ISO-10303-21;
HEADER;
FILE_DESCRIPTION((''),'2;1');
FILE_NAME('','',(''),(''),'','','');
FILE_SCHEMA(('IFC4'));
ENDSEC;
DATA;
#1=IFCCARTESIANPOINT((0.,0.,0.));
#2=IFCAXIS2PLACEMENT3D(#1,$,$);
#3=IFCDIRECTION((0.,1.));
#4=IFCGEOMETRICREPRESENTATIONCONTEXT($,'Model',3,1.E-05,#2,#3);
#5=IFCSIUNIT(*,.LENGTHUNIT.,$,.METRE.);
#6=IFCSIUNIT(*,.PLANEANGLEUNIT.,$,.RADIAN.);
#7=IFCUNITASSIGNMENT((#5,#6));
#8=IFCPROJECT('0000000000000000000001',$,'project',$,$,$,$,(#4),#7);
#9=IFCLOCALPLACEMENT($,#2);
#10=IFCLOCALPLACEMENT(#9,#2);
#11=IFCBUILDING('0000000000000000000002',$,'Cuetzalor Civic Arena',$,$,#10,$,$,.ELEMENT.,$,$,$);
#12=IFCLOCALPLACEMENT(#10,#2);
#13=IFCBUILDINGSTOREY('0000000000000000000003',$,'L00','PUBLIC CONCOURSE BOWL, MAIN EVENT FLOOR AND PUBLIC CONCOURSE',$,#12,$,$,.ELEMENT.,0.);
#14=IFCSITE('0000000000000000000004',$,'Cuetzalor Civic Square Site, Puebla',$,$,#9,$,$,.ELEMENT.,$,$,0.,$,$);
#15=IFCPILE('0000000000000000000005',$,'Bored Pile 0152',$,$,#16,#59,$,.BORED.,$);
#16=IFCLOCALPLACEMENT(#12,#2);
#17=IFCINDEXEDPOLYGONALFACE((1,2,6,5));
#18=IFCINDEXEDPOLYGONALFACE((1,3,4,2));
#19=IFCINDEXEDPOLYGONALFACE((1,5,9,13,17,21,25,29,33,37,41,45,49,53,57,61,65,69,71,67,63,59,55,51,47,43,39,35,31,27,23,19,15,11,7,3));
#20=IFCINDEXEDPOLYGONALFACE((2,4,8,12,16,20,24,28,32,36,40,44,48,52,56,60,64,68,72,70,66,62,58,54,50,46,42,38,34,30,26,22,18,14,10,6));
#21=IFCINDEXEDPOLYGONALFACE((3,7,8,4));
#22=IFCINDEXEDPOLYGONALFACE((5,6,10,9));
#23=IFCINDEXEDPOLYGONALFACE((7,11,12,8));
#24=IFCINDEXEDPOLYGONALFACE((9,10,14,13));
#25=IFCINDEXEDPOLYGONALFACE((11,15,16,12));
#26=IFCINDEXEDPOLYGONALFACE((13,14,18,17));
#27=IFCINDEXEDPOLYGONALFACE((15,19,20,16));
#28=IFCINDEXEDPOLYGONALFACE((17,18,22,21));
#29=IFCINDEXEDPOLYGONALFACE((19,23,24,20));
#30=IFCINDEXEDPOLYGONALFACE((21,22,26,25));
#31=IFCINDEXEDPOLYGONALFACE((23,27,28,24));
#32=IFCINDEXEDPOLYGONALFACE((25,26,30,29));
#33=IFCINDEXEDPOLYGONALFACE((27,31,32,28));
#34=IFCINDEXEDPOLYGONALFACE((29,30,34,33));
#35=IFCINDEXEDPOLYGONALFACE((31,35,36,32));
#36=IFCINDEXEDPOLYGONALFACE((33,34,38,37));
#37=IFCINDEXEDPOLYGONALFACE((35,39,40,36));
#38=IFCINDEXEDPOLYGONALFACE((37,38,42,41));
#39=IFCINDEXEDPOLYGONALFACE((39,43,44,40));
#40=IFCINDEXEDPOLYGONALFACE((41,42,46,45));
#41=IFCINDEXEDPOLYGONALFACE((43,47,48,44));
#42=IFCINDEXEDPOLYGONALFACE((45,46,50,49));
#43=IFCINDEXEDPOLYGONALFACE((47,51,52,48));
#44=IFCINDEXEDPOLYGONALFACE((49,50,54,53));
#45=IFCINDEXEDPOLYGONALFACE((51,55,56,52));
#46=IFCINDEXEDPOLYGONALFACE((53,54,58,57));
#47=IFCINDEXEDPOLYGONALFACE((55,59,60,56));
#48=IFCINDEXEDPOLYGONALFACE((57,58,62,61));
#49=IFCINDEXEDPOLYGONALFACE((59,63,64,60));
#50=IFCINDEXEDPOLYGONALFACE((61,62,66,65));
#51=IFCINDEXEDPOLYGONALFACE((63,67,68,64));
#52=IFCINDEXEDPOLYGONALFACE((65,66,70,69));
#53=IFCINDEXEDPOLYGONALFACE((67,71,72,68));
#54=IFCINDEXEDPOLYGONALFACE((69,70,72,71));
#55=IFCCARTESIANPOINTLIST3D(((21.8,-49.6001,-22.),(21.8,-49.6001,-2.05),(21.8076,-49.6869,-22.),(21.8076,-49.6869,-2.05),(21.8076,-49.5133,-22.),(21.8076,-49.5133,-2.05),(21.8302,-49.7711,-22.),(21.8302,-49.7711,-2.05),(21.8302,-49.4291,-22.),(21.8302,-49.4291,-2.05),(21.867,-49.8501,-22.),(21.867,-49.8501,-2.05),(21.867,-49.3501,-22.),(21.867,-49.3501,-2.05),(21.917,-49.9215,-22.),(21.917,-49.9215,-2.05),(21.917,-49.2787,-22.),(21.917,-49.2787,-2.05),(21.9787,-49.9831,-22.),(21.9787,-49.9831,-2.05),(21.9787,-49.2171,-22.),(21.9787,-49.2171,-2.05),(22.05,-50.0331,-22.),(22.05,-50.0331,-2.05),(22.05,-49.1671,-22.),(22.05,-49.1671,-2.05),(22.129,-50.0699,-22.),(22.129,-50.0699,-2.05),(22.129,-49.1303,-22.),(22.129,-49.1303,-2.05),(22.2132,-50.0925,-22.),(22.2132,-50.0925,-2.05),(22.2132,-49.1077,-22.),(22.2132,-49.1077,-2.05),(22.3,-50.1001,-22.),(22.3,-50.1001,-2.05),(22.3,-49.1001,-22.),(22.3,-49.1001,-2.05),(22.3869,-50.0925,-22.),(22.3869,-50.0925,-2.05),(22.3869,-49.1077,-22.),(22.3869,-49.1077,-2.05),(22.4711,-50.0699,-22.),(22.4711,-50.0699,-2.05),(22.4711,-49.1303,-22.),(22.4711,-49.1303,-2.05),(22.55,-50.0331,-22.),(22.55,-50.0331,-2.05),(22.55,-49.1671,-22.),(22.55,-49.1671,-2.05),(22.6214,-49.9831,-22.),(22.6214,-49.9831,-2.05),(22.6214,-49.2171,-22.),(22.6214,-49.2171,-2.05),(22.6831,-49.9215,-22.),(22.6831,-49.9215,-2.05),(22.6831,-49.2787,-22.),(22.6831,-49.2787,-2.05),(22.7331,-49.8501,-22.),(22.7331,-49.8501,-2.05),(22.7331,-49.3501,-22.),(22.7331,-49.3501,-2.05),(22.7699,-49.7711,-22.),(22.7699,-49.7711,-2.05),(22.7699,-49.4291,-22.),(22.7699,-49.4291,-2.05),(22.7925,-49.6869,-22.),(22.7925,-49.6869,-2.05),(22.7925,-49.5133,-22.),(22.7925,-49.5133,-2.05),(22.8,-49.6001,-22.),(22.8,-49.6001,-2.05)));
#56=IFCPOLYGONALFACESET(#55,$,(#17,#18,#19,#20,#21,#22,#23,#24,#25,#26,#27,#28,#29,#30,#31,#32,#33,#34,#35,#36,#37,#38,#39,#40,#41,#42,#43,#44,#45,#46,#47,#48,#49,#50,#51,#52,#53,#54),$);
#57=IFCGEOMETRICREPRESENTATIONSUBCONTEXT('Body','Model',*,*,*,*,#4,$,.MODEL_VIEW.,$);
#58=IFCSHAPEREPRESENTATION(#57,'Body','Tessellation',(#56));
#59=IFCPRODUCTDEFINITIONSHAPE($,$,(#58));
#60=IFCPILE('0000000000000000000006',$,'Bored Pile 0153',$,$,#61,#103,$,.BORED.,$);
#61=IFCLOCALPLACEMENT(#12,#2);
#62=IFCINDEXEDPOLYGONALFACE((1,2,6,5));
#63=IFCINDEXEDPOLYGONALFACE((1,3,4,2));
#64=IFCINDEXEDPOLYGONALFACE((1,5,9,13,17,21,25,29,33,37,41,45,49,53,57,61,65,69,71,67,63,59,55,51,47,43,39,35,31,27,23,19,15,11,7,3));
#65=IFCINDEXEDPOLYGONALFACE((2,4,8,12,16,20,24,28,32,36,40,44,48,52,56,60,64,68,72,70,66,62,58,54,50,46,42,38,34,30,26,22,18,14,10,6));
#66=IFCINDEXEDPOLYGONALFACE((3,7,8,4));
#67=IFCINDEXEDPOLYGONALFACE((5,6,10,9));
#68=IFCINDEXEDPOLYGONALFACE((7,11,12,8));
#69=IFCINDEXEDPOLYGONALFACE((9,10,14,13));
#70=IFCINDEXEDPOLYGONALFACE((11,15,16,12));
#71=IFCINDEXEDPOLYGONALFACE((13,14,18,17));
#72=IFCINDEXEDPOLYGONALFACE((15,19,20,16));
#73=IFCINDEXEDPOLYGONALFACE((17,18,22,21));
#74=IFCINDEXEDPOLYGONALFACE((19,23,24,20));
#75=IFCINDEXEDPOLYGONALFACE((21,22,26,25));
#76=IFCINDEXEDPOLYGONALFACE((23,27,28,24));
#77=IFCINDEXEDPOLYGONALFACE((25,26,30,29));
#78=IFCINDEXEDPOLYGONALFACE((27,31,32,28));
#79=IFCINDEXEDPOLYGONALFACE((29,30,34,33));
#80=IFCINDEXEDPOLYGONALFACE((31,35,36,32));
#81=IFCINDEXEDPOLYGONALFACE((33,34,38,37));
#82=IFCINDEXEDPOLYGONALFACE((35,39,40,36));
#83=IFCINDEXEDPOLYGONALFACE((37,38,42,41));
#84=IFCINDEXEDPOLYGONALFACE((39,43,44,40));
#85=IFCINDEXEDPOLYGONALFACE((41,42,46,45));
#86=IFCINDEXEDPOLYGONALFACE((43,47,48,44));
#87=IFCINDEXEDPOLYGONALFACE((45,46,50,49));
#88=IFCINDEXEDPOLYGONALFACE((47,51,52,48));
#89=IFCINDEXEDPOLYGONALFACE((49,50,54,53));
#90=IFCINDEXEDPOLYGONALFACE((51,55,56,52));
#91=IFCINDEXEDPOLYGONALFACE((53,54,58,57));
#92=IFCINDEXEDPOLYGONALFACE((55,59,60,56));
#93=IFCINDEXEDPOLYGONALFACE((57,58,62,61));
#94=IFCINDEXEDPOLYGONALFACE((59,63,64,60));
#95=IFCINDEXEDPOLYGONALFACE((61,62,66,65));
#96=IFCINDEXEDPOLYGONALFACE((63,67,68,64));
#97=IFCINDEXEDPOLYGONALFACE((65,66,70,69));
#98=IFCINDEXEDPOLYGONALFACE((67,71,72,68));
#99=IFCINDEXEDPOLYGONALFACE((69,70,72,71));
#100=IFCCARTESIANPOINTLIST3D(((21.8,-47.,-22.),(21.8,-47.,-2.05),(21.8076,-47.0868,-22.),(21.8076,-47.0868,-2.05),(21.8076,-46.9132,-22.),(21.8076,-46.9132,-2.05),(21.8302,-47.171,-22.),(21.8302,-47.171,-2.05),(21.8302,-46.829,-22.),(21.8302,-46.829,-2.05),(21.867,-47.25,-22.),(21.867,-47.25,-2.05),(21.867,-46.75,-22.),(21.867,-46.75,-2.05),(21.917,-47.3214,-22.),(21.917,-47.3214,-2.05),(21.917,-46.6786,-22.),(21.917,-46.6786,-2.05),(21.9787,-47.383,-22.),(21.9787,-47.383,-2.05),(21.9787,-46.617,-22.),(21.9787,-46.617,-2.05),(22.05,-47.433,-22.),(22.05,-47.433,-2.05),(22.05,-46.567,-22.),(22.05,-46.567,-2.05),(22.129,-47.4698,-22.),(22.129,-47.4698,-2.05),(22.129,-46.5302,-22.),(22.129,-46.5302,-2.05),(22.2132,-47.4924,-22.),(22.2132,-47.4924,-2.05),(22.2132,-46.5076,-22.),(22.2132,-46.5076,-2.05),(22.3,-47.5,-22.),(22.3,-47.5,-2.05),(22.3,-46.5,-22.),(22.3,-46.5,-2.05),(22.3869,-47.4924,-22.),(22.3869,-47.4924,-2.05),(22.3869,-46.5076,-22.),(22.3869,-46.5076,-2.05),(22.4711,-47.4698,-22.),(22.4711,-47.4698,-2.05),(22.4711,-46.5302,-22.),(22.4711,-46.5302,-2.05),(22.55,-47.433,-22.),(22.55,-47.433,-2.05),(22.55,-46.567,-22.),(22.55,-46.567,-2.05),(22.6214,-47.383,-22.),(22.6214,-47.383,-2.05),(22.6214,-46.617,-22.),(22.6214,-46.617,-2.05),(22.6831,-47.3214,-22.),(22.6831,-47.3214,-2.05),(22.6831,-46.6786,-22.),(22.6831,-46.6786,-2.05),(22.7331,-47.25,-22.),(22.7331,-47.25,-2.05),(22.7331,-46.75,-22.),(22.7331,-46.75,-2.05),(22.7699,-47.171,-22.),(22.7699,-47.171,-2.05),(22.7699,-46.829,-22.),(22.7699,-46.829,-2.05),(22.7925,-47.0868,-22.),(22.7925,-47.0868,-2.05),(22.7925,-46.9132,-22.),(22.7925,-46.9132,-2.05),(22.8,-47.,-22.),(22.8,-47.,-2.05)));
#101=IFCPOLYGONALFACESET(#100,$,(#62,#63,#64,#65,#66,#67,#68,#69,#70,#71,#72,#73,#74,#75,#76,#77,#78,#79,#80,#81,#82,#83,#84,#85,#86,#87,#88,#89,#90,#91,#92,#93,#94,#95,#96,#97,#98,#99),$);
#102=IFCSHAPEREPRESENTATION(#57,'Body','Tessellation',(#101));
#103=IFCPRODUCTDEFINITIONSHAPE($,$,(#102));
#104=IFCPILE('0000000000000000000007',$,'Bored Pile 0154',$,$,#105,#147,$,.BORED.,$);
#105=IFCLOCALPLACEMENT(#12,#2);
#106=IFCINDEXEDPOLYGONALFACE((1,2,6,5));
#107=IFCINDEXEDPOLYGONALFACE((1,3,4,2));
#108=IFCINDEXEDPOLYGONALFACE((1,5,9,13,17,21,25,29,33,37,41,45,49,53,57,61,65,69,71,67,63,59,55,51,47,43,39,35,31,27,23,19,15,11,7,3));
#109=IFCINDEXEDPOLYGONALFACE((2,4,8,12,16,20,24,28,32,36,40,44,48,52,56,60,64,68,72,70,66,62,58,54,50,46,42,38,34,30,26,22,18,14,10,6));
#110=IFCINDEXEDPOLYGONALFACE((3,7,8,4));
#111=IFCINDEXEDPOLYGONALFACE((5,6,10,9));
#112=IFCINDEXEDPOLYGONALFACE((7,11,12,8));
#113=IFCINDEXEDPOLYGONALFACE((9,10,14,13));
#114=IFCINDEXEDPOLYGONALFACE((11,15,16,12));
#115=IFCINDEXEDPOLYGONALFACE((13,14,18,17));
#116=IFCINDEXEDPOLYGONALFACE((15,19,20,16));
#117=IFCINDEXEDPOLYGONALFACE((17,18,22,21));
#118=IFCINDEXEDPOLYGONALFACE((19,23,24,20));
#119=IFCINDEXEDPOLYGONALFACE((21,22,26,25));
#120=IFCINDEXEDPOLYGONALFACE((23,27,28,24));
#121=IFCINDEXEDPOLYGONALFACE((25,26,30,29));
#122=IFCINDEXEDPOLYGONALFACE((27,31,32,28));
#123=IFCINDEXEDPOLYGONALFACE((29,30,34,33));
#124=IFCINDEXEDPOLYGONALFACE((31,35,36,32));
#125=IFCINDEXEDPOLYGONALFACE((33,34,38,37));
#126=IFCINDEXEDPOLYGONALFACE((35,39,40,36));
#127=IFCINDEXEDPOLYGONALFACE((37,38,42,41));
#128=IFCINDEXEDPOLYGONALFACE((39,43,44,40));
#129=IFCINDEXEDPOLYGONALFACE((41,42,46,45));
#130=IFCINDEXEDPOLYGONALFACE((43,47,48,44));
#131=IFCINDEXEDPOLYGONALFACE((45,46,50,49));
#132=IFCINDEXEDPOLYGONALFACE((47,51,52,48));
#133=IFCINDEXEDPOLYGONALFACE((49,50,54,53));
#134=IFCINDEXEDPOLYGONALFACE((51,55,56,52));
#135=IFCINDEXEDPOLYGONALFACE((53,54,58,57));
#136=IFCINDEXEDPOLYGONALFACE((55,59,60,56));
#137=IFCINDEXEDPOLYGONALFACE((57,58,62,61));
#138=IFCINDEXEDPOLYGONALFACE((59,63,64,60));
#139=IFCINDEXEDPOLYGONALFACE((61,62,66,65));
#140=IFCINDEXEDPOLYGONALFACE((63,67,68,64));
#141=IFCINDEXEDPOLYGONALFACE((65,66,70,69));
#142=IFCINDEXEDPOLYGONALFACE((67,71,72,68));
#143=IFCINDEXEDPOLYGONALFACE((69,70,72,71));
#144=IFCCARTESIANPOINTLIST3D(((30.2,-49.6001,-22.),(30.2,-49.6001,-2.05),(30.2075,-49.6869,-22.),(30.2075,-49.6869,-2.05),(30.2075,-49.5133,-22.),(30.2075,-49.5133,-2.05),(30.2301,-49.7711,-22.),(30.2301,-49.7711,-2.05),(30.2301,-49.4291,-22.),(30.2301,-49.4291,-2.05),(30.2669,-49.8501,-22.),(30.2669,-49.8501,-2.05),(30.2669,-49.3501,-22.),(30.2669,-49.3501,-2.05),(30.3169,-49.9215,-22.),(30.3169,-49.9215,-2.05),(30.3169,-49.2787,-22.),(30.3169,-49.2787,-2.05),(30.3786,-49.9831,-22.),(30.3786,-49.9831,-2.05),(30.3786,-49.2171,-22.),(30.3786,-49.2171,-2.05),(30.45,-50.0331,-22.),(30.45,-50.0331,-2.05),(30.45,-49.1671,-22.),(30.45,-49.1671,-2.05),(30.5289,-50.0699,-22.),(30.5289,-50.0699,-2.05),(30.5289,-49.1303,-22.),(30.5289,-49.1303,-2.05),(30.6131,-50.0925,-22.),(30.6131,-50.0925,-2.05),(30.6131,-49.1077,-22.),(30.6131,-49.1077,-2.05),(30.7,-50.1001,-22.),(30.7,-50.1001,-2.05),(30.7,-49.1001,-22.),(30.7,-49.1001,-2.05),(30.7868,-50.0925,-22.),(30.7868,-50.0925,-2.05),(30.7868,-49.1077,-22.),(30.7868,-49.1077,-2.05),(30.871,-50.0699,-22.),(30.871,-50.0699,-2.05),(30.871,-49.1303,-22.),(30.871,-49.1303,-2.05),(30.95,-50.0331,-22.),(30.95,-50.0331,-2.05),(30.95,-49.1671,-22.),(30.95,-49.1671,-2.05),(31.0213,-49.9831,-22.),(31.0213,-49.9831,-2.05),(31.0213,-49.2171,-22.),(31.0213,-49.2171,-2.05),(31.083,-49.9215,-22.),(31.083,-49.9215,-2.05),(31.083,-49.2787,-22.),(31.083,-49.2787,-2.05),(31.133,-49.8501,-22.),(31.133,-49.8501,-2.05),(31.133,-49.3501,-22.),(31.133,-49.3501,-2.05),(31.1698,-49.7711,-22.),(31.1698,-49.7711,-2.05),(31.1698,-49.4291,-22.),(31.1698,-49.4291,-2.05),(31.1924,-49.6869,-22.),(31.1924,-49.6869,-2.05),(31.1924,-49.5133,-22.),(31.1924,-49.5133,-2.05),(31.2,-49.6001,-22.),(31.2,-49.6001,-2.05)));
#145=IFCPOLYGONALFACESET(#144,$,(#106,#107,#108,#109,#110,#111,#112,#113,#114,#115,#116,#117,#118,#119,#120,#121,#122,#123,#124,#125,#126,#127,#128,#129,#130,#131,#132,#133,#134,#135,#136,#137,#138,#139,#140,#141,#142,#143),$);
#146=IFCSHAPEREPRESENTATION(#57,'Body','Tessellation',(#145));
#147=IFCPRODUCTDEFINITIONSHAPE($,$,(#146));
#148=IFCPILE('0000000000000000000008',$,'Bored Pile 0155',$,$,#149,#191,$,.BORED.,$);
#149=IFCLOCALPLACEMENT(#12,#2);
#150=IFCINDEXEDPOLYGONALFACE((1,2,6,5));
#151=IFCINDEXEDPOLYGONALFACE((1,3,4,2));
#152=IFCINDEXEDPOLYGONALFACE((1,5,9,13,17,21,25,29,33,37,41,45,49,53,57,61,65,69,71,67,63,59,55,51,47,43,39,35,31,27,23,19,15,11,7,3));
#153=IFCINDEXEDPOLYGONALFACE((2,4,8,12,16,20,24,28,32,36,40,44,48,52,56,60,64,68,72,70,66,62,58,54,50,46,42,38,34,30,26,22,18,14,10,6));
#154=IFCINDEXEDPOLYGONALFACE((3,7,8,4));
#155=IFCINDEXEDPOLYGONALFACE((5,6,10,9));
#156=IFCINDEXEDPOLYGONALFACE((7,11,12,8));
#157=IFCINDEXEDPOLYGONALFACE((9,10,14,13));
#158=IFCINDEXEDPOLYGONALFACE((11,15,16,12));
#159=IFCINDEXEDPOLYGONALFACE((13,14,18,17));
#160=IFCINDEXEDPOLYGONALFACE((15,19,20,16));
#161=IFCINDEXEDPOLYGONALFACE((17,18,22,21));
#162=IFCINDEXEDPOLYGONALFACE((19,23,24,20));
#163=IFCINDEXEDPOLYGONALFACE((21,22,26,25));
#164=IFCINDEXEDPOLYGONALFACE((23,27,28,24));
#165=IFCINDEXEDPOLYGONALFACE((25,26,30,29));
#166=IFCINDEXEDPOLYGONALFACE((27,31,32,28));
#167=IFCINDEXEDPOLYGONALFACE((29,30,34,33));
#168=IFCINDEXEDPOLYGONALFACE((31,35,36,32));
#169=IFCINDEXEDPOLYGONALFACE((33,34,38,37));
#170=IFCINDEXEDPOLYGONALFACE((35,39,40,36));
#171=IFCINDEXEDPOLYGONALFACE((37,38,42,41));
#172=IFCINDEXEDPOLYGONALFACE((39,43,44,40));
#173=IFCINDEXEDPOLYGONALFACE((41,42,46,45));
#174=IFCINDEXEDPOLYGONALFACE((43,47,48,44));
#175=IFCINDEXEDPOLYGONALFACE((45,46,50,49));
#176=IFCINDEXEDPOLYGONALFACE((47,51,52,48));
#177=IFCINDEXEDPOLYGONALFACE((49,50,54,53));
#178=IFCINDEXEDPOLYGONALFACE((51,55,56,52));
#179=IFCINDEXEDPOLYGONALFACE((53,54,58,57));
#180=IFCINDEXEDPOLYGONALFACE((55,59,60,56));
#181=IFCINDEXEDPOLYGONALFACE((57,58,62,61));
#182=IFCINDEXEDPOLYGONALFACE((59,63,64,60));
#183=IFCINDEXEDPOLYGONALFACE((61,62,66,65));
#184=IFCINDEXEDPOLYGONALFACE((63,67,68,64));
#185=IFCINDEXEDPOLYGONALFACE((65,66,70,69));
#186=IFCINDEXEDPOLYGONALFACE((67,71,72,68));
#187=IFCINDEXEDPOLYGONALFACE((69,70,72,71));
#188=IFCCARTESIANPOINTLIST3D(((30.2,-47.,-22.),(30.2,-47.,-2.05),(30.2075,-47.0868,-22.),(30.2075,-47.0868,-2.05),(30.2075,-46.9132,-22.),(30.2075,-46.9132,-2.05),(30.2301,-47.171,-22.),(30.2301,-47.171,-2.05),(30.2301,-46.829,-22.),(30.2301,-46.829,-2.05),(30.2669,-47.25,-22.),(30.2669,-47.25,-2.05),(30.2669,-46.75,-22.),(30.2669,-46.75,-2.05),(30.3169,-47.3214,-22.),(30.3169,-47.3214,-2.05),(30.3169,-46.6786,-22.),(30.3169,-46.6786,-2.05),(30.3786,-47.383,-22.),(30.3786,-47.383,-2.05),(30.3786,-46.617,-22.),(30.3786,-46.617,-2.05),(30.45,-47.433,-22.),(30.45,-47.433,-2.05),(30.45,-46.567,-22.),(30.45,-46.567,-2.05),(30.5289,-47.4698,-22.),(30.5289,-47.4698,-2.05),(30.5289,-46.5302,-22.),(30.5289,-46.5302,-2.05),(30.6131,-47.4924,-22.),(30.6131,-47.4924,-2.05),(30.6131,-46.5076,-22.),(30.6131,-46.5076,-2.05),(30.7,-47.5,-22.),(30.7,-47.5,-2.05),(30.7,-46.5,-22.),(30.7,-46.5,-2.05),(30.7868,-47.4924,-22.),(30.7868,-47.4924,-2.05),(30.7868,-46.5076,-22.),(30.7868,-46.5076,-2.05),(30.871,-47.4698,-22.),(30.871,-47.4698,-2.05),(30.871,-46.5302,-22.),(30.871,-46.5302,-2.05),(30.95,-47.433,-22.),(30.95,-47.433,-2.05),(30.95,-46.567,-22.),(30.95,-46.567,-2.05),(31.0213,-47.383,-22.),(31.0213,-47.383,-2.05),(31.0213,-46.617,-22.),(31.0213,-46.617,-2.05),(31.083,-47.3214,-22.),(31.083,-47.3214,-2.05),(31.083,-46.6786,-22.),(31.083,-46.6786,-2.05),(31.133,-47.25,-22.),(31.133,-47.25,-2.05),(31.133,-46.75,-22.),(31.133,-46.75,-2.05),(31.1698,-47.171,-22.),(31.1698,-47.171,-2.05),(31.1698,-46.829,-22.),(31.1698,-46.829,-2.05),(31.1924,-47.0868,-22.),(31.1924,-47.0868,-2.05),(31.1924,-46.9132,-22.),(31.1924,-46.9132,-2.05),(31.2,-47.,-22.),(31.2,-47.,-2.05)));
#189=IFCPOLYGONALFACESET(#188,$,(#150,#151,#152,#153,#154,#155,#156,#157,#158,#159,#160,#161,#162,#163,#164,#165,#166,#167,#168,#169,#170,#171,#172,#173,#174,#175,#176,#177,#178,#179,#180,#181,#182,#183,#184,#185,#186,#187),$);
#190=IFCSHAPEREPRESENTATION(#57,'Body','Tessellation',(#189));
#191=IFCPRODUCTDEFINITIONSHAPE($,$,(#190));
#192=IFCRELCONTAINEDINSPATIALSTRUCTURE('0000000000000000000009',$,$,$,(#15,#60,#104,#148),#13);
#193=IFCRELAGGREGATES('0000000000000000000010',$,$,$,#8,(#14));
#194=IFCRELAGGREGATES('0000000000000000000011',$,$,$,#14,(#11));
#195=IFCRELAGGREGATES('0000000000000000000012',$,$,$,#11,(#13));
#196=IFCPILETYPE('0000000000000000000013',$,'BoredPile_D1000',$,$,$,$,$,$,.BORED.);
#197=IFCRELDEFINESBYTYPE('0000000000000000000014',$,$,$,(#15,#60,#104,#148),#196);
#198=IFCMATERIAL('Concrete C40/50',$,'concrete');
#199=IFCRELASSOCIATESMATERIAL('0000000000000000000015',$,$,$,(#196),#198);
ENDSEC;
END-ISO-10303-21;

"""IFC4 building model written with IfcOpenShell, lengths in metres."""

from ifc_helpers import new_model, si_unit, direction, frame, origin, origin_2d, place, context, subcontext, project, spatial, circle, extrude, material, material_profile, profile_set, type_object, element, save


model = new_model("IFC4")

# Units and contexts
model_context = context("Model", 3, precision=1e-05, world=origin(), true_north=direction((0.0, 1.0)))
body_context = subcontext(model_context, "Body", "Model", "MODEL_VIEW")
ifc_project = project(units=[si_unit("LENGTHUNIT", "METRE"), si_unit("PLANEANGLEUNIT", "RADIAN")], contexts=[model_context])

# Site, building, storey
site_placement = place(None, origin())
site = spatial("IfcSite", under=ifc_project, at=site_placement, Name="Cuetzalor Civic Square Site, Puebla", CompositionType="ELEMENT", RefElevation=0.0)
building_placement = place(site_placement, origin())
building = spatial("IfcBuilding", under=site, at=building_placement, Name="Cuetzalor Civic Arena", CompositionType="ELEMENT")
storey_placement = place(building_placement, origin())
storey = spatial("IfcBuildingStorey", under=building, at=storey_placement, Name="L00", Description="PUBLIC CONCOURSE BOWL, MAIN EVENT FLOOR AND PUBLIC CONCOURSE", CompositionType="ELEMENT", Elevation=0.0)

# Piles
ifc_material_1 = material(Name="Concrete C40/50", Category="concrete")
ifc_material_profile_1 = material_profile(ifc_material_1, circle(Radius=0.5, at=origin_2d()), Name="BORED PILE D1000")
ifc_profile_set_1 = profile_set([ifc_material_profile_1], Name="Concrete C40/50")
pile_type_1 = type_object("IfcPileType", Name="BoredPile_D1000", PredefinedType="BORED", material=ifc_profile_set_1)
for number, where, z_axis, x_axis, name in (
    (1, (22.3, -49.6001, -2.05), (0.0, 0.0, -1.0), (1.0, 0.0, 0.0), "Bored Pile 0152"),
    (2, (22.3, -47.0, -2.05), (0.0, 0.0, -1.0), (1.0, 0.0, 0.0), "Bored Pile 0153"),
    (3, (30.7, -49.6001, -2.05), (0.0, 0.0, -1.0), (1.0, 0.0, 0.0), "Bored Pile 0154"),
    (4, (30.7, -47.0, -2.05), (0.0, 0.0, -1.0), (1.0, 0.0, 0.0), "Bored Pile 0155"),
):
    element("IfcPile", number, at=place(storey_placement, frame(where, z_axis=z_axis, x_axis=x_axis)), inside=storey, type_object=pile_type_1, Name=name, PredefinedType="BORED", context=body_context, shape_type="SweptSolid", body=[
        extrude(circle(Radius=0.5, at=origin_2d()), origin(), (0.0, 0.0, 1.0), 19.95),
    ])

save(model, "model.ifc")
